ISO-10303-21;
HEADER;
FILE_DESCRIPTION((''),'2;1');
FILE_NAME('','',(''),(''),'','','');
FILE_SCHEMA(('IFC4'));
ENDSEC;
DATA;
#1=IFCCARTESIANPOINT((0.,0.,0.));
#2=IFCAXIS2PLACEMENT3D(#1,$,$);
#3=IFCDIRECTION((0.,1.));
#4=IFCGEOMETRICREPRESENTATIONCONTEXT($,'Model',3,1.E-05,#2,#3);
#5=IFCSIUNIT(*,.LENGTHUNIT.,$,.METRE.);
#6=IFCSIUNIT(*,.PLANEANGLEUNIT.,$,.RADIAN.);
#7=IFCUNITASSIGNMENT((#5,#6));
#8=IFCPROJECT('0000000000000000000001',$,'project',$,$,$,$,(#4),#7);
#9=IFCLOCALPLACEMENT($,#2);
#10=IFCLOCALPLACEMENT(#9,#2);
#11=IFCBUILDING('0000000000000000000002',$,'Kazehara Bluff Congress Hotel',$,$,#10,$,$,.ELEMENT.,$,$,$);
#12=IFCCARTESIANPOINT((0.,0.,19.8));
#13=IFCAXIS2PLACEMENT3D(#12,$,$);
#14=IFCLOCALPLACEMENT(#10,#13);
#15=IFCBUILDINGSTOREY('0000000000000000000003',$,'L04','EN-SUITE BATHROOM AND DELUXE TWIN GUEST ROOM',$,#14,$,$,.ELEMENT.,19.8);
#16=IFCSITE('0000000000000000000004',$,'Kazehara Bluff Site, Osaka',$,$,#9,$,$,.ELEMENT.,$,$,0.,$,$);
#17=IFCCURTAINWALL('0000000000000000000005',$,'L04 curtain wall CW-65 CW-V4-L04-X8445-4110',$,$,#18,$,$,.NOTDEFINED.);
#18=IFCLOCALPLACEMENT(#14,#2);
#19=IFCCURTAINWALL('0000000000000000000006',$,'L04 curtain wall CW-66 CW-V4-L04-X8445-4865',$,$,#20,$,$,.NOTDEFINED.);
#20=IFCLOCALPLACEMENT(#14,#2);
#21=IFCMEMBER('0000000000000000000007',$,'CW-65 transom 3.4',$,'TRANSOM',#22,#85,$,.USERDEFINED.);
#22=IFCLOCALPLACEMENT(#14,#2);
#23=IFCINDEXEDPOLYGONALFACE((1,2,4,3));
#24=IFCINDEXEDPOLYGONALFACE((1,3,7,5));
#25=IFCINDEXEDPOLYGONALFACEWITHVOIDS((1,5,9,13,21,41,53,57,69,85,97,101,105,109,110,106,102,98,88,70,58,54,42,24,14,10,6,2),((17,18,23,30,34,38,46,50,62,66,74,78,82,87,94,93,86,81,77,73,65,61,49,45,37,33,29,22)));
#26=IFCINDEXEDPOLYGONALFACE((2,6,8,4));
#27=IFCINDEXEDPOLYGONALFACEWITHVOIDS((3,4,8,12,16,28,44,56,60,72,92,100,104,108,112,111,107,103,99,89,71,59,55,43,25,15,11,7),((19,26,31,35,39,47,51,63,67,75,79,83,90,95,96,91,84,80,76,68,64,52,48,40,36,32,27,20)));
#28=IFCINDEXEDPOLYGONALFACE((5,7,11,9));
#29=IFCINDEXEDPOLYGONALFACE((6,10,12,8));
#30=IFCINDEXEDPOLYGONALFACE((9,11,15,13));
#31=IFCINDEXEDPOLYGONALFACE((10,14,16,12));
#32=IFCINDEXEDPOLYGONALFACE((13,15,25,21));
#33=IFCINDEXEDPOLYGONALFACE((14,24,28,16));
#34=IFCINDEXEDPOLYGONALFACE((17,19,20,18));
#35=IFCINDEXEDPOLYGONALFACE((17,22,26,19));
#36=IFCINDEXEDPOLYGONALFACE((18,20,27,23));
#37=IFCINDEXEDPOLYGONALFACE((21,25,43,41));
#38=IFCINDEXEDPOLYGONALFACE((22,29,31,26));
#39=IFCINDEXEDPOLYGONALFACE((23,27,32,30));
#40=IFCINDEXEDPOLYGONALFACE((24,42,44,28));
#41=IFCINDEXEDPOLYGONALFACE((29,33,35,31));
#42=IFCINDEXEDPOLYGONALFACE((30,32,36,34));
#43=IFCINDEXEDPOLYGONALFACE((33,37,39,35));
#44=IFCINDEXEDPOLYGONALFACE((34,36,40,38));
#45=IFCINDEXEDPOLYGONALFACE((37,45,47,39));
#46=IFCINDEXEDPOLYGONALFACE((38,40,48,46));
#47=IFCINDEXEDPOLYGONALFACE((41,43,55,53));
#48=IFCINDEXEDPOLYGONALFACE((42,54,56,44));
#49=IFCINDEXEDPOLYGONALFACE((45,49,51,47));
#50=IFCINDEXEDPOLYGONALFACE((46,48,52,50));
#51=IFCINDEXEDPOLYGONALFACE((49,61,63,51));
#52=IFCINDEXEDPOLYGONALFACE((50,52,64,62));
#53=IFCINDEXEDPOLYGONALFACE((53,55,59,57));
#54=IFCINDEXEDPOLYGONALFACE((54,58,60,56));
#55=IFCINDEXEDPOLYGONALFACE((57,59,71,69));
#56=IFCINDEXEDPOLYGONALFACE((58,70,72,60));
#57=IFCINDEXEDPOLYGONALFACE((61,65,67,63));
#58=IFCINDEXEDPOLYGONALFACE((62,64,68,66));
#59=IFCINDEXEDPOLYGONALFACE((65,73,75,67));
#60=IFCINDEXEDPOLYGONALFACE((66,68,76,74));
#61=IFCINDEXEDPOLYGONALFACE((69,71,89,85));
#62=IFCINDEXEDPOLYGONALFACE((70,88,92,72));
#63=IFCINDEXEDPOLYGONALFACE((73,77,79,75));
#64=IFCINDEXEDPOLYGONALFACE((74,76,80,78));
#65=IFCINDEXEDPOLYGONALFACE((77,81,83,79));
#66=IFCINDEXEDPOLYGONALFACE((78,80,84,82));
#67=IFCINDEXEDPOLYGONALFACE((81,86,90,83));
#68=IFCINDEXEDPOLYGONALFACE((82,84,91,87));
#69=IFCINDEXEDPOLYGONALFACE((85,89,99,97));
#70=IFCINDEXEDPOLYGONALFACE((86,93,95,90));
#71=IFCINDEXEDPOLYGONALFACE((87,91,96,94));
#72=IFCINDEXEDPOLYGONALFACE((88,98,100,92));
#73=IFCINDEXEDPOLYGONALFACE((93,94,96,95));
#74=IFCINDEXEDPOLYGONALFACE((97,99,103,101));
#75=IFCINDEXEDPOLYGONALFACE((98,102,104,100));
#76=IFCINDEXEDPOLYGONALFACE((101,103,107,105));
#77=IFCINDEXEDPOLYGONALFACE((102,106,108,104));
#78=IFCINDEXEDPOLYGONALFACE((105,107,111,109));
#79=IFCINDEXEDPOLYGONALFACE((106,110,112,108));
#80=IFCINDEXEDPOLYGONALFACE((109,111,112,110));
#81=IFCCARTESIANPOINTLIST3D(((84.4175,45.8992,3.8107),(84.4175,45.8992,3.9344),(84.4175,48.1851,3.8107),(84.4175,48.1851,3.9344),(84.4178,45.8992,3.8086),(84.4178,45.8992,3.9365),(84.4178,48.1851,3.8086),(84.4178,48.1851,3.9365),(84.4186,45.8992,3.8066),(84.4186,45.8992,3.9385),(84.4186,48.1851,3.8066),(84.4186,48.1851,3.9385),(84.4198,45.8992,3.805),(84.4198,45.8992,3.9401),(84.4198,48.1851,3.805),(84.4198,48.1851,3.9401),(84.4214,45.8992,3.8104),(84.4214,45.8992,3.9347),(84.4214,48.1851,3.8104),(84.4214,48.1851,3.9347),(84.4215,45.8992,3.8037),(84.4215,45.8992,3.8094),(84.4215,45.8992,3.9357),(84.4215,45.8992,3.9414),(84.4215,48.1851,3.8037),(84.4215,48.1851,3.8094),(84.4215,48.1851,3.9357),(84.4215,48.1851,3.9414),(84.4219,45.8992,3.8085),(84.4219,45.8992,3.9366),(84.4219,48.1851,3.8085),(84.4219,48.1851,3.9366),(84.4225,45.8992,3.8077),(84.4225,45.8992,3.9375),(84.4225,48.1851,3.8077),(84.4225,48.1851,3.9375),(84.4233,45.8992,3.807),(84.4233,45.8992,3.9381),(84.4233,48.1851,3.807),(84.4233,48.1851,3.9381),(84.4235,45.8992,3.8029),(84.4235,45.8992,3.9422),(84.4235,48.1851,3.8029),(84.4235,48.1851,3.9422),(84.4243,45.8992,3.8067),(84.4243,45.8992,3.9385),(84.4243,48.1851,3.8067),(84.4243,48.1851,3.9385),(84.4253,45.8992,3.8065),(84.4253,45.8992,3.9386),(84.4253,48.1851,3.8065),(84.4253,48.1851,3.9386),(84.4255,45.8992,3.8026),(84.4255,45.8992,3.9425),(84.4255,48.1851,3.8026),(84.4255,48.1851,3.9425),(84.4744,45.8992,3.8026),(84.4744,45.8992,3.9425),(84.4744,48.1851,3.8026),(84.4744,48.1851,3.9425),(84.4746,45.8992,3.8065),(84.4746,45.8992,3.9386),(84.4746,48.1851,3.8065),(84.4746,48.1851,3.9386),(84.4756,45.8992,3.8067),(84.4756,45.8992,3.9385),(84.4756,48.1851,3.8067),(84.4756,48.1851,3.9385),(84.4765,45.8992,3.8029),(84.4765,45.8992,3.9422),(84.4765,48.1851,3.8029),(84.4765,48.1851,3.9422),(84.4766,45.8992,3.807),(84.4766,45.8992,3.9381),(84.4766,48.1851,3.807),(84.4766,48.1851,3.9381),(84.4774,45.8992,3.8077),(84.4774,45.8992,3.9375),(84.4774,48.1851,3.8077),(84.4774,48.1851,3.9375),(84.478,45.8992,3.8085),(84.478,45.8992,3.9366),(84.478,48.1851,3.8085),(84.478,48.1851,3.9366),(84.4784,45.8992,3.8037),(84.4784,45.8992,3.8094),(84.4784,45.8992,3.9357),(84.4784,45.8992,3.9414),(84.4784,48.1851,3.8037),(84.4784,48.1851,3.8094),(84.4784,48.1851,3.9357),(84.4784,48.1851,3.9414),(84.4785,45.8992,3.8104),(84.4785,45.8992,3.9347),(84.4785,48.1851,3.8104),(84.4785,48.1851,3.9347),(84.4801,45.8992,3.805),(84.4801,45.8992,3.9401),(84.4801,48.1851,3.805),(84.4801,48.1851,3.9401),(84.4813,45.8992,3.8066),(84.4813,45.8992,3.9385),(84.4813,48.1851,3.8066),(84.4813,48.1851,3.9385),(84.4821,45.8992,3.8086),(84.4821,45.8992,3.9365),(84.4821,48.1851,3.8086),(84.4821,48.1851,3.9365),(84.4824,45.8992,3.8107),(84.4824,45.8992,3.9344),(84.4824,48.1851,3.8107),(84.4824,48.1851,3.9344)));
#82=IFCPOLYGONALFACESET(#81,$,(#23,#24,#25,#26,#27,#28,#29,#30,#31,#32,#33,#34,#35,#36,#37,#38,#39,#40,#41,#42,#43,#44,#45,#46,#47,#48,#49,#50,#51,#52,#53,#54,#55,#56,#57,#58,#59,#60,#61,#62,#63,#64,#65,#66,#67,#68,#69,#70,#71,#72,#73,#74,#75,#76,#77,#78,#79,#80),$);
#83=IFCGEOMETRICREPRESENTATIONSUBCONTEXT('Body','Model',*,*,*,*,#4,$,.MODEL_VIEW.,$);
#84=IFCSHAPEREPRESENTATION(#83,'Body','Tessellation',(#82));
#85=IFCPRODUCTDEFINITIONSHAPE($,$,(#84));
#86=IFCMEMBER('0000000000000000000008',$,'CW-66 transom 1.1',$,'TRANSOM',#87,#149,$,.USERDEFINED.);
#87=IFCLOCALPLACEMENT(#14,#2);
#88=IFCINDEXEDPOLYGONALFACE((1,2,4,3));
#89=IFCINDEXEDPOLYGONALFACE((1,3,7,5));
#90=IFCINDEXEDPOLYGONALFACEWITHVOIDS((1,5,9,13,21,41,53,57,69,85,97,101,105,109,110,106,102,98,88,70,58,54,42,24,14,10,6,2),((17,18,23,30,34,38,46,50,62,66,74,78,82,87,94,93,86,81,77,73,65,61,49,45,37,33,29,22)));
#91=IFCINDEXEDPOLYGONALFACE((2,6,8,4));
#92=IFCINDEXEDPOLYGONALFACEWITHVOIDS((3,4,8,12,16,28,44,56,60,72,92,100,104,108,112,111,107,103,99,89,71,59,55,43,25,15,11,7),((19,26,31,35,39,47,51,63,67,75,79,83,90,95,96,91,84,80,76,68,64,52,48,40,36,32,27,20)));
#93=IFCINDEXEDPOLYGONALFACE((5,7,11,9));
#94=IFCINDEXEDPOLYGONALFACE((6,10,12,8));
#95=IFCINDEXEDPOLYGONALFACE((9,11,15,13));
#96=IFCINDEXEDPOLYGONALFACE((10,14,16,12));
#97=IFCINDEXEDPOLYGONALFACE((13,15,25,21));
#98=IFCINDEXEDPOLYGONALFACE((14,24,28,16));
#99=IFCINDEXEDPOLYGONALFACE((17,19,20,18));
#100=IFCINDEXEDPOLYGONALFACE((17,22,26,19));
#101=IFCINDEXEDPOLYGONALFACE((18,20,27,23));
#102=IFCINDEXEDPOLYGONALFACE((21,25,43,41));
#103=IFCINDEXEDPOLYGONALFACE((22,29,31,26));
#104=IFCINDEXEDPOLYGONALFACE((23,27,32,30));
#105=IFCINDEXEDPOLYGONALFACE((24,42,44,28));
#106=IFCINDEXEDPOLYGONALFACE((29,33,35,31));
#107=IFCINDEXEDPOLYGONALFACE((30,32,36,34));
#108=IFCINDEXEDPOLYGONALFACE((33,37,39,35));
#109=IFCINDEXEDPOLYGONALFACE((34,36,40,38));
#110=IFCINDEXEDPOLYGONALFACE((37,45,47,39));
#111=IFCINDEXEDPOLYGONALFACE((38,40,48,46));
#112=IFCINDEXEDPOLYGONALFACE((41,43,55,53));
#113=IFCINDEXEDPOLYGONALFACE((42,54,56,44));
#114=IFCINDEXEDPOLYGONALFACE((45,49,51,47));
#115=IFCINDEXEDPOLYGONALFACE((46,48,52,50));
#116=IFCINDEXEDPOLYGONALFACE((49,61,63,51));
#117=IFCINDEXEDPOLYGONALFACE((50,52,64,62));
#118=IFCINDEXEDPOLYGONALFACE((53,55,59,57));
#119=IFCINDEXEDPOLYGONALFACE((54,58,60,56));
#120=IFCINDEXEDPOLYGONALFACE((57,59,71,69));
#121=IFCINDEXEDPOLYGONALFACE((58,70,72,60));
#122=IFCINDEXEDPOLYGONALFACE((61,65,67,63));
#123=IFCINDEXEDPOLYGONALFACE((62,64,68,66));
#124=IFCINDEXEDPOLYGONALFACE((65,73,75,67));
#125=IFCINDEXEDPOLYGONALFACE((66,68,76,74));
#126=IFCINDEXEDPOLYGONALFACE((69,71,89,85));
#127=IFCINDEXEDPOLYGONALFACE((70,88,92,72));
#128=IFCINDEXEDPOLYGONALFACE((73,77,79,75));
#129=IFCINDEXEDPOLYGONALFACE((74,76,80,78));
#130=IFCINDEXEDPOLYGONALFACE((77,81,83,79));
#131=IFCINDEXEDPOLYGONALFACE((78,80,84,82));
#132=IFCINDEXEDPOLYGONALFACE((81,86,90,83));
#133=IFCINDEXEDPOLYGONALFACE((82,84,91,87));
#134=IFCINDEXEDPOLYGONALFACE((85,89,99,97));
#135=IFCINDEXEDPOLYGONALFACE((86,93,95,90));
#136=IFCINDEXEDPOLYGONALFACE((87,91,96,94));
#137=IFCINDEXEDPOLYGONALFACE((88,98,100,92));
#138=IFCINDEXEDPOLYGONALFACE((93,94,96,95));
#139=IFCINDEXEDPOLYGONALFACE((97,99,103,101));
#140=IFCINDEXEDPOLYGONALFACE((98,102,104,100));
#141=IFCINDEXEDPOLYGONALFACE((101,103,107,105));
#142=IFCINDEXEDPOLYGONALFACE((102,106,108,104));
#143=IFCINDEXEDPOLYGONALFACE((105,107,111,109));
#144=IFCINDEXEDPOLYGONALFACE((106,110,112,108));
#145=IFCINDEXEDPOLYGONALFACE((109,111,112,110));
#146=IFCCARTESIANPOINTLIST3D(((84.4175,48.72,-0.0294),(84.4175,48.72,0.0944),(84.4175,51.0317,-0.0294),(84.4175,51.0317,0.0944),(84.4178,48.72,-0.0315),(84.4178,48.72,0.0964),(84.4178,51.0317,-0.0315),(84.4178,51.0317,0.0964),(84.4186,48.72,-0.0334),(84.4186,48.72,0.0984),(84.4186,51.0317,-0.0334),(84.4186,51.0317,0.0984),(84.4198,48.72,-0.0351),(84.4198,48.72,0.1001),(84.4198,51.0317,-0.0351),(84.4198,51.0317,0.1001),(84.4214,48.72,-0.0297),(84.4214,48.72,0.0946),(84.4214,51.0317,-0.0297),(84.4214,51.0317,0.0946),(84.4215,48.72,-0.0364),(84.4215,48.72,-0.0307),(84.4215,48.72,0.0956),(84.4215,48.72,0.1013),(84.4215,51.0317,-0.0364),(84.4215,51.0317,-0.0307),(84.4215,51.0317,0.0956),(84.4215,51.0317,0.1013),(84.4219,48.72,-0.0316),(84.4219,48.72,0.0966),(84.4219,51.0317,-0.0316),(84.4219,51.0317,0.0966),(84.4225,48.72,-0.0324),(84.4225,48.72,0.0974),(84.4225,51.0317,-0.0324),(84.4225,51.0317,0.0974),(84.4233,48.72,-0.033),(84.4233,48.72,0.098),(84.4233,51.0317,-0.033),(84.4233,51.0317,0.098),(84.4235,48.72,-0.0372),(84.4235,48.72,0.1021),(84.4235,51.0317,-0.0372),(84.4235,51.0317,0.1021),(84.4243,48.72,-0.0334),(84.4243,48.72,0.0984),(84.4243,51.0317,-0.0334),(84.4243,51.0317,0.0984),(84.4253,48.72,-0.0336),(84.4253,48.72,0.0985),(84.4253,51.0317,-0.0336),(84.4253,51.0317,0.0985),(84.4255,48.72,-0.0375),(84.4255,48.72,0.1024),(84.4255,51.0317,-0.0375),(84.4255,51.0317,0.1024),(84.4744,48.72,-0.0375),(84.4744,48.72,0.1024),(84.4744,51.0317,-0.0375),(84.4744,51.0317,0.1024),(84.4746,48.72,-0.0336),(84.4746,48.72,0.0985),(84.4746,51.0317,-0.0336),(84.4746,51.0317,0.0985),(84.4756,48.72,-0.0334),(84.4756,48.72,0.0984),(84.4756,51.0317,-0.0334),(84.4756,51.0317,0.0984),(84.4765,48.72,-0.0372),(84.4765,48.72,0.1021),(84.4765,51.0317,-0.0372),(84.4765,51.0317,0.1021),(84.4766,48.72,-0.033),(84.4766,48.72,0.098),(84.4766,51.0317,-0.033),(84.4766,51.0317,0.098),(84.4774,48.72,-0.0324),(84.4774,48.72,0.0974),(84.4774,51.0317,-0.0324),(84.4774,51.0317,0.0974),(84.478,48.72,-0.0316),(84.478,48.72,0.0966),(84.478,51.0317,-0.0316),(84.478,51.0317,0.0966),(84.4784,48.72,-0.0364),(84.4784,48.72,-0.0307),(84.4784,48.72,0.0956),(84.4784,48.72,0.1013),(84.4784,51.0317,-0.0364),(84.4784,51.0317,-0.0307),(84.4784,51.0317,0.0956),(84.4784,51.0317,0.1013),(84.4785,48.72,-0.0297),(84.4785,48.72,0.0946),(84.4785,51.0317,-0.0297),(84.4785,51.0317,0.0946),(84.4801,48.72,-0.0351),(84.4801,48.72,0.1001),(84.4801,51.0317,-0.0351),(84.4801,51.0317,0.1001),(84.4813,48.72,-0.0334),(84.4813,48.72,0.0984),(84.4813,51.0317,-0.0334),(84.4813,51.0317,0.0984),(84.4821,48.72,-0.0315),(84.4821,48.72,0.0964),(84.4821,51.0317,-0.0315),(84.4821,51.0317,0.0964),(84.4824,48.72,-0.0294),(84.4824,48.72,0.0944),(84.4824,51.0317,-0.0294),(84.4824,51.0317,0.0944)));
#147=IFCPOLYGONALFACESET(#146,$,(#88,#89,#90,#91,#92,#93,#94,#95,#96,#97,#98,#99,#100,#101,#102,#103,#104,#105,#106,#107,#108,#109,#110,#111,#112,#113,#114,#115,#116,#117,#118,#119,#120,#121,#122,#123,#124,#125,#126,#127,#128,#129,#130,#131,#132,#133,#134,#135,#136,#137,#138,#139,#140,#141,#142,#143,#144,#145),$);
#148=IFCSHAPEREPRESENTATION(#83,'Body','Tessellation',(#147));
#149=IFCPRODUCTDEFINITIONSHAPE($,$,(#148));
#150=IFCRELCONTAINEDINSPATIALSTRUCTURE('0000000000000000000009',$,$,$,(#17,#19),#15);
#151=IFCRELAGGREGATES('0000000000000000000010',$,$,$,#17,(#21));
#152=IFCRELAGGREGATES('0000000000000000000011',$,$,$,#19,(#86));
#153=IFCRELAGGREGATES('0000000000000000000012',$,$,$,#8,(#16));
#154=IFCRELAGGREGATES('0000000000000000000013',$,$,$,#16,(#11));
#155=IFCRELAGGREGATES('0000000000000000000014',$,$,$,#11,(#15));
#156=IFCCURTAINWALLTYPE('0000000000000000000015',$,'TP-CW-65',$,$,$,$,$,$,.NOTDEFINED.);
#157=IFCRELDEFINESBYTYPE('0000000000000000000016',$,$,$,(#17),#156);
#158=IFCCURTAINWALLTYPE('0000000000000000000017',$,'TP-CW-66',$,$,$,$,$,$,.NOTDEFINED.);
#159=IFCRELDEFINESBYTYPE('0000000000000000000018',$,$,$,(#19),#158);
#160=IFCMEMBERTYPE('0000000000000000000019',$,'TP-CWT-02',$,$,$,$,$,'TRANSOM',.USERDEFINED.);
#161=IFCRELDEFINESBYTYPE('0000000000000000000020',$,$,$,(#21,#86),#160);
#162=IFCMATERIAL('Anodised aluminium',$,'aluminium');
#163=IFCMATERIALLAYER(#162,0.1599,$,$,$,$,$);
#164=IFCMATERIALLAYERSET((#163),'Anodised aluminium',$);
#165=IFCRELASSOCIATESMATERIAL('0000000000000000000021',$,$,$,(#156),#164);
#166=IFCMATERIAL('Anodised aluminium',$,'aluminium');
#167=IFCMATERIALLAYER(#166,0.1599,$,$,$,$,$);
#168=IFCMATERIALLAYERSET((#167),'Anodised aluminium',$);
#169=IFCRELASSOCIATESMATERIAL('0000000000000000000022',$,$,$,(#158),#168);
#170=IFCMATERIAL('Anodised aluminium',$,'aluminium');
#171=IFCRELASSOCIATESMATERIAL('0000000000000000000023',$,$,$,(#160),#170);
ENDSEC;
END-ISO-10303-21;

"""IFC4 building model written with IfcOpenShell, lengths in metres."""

from ifc_helpers import new_model, si_unit, direction, frame, origin, origin_2d, place, context, subcontext, project, spatial, hollow_rectangle, extrude, material, layer, layer_set, material_profile, profile_set, type_object, element, aggregate, save


model = new_model("IFC4")

# Units and contexts
model_context = context("Model", 3, precision=1e-05, world=origin(), true_north=direction((0.0, 1.0)))
body_context = subcontext(model_context, "Body", "Model", "MODEL_VIEW")
ifc_project = project(units=[si_unit("LENGTHUNIT", "METRE"), si_unit("PLANEANGLEUNIT", "RADIAN")], contexts=[model_context])

# Site, building, storey
site_placement = place(None, origin())
site = spatial("IfcSite", under=ifc_project, at=site_placement, Name="Kazehara Bluff Site, Osaka", CompositionType="ELEMENT", RefElevation=0.0)
building_placement = place(site_placement, origin())
building = spatial("IfcBuilding", under=site, at=building_placement, Name="Kazehara Bluff Congress Hotel", CompositionType="ELEMENT")
storey_placement = place(building_placement, frame((0.0, 0.0, 19.8)))
storey = spatial("IfcBuildingStorey", under=building, at=storey_placement, Name="L04", Description="EN-SUITE BATHROOM AND DELUXE TWIN GUEST ROOM", CompositionType="ELEMENT", Elevation=19.8)

# Curtain walls
ifc_material_1 = material(Name="Anodised aluminium", Category="aluminium")
ifc_layer_1 = layer(ifc_material_1, 0.1599)
ifc_layer_set_1 = layer_set([ifc_layer_1], Name="Anodised aluminium")
curtain_wall_type_1 = type_object("IfcCurtainWallType", Name="TP-CW-65", PredefinedType="NOTDEFINED", material=ifc_layer_set_1)
curtain_wall_1_placement = place(storey_placement, origin())
curtain_wall_1 = element("IfcCurtainWall", 1, at=curtain_wall_1_placement, inside=storey, type_object=curtain_wall_type_1, Name="L04 curtain wall CW-65 CW-V4-L04-X8445-4110", PredefinedType="NOTDEFINED")
ifc_material_2 = material(Name="Anodised aluminium", Category="aluminium")
ifc_layer_2 = layer(ifc_material_2, 0.1599)
ifc_layer_set_2 = layer_set([ifc_layer_2], Name="Anodised aluminium")
curtain_wall_type_2 = type_object("IfcCurtainWallType", Name="TP-CW-66", PredefinedType="NOTDEFINED", material=ifc_layer_set_2)
curtain_wall_2_placement = place(storey_placement, origin())
curtain_wall_2 = element("IfcCurtainWall", 2, at=curtain_wall_2_placement, inside=storey, type_object=curtain_wall_type_2, Name="L04 curtain wall CW-66 CW-V4-L04-X8445-4865", PredefinedType="NOTDEFINED")

# Members
ifc_material_3 = material(Name="Anodised aluminium", Category="aluminium")
ifc_material_profile_1 = material_profile(ifc_material_3, hollow_rectangle(XDim=0.0649, YDim=0.1399, WallThickness=0.0039, InnerFilletRadius=0.0039, OuterFilletRadius=0.0081, at=origin_2d()))
ifc_profile_set_1 = profile_set([ifc_material_profile_1], Name="Anodised aluminium")
member_type_1 = type_object("IfcMemberType", Name="TP-CWT-02", ElementType="TRANSOM", PredefinedType="USERDEFINED", material=ifc_profile_set_1)
member_1_placement = place(storey_placement, frame((84.45, 45.8992, 3.8726), z_axis=(0.0, 1.0, 0.0), x_axis=(-1.0, 0.0, 0.0)))
member_1 = element("IfcMember", 3, at=member_1_placement, type_object=member_type_1, Name="CW-65 transom 3.4", ObjectType="TRANSOM", PredefinedType="USERDEFINED", context=body_context, shape_type="SweptSolid", body=[
    extrude(hollow_rectangle(XDim=0.0649, YDim=0.1399, WallThickness=0.0039, InnerFilletRadius=0.0039, OuterFilletRadius=0.0081, at=origin_2d()), origin(), (0.0, 0.0, 1.0), 2.2859),
])
member_2_placement = place(storey_placement, frame((84.45, 48.72, 0.0325), z_axis=(0.0, 1.0, 0.0), x_axis=(-1.0, 0.0, 0.0)))
member_2 = element("IfcMember", 4, at=member_2_placement, type_object=member_type_1, Name="CW-66 transom 1.1", ObjectType="TRANSOM", PredefinedType="USERDEFINED", context=body_context, shape_type="SweptSolid", body=[
    extrude(hollow_rectangle(XDim=0.0649, YDim=0.1399, WallThickness=0.0039, InnerFilletRadius=0.0039, OuterFilletRadius=0.0081, at=origin_2d()), origin(), (0.0, 0.0, 1.0), 2.3118),
])

aggregate(curtain_wall_1, [member_1])
aggregate(curtain_wall_2, [member_2])

save(model, "model.ifc")
